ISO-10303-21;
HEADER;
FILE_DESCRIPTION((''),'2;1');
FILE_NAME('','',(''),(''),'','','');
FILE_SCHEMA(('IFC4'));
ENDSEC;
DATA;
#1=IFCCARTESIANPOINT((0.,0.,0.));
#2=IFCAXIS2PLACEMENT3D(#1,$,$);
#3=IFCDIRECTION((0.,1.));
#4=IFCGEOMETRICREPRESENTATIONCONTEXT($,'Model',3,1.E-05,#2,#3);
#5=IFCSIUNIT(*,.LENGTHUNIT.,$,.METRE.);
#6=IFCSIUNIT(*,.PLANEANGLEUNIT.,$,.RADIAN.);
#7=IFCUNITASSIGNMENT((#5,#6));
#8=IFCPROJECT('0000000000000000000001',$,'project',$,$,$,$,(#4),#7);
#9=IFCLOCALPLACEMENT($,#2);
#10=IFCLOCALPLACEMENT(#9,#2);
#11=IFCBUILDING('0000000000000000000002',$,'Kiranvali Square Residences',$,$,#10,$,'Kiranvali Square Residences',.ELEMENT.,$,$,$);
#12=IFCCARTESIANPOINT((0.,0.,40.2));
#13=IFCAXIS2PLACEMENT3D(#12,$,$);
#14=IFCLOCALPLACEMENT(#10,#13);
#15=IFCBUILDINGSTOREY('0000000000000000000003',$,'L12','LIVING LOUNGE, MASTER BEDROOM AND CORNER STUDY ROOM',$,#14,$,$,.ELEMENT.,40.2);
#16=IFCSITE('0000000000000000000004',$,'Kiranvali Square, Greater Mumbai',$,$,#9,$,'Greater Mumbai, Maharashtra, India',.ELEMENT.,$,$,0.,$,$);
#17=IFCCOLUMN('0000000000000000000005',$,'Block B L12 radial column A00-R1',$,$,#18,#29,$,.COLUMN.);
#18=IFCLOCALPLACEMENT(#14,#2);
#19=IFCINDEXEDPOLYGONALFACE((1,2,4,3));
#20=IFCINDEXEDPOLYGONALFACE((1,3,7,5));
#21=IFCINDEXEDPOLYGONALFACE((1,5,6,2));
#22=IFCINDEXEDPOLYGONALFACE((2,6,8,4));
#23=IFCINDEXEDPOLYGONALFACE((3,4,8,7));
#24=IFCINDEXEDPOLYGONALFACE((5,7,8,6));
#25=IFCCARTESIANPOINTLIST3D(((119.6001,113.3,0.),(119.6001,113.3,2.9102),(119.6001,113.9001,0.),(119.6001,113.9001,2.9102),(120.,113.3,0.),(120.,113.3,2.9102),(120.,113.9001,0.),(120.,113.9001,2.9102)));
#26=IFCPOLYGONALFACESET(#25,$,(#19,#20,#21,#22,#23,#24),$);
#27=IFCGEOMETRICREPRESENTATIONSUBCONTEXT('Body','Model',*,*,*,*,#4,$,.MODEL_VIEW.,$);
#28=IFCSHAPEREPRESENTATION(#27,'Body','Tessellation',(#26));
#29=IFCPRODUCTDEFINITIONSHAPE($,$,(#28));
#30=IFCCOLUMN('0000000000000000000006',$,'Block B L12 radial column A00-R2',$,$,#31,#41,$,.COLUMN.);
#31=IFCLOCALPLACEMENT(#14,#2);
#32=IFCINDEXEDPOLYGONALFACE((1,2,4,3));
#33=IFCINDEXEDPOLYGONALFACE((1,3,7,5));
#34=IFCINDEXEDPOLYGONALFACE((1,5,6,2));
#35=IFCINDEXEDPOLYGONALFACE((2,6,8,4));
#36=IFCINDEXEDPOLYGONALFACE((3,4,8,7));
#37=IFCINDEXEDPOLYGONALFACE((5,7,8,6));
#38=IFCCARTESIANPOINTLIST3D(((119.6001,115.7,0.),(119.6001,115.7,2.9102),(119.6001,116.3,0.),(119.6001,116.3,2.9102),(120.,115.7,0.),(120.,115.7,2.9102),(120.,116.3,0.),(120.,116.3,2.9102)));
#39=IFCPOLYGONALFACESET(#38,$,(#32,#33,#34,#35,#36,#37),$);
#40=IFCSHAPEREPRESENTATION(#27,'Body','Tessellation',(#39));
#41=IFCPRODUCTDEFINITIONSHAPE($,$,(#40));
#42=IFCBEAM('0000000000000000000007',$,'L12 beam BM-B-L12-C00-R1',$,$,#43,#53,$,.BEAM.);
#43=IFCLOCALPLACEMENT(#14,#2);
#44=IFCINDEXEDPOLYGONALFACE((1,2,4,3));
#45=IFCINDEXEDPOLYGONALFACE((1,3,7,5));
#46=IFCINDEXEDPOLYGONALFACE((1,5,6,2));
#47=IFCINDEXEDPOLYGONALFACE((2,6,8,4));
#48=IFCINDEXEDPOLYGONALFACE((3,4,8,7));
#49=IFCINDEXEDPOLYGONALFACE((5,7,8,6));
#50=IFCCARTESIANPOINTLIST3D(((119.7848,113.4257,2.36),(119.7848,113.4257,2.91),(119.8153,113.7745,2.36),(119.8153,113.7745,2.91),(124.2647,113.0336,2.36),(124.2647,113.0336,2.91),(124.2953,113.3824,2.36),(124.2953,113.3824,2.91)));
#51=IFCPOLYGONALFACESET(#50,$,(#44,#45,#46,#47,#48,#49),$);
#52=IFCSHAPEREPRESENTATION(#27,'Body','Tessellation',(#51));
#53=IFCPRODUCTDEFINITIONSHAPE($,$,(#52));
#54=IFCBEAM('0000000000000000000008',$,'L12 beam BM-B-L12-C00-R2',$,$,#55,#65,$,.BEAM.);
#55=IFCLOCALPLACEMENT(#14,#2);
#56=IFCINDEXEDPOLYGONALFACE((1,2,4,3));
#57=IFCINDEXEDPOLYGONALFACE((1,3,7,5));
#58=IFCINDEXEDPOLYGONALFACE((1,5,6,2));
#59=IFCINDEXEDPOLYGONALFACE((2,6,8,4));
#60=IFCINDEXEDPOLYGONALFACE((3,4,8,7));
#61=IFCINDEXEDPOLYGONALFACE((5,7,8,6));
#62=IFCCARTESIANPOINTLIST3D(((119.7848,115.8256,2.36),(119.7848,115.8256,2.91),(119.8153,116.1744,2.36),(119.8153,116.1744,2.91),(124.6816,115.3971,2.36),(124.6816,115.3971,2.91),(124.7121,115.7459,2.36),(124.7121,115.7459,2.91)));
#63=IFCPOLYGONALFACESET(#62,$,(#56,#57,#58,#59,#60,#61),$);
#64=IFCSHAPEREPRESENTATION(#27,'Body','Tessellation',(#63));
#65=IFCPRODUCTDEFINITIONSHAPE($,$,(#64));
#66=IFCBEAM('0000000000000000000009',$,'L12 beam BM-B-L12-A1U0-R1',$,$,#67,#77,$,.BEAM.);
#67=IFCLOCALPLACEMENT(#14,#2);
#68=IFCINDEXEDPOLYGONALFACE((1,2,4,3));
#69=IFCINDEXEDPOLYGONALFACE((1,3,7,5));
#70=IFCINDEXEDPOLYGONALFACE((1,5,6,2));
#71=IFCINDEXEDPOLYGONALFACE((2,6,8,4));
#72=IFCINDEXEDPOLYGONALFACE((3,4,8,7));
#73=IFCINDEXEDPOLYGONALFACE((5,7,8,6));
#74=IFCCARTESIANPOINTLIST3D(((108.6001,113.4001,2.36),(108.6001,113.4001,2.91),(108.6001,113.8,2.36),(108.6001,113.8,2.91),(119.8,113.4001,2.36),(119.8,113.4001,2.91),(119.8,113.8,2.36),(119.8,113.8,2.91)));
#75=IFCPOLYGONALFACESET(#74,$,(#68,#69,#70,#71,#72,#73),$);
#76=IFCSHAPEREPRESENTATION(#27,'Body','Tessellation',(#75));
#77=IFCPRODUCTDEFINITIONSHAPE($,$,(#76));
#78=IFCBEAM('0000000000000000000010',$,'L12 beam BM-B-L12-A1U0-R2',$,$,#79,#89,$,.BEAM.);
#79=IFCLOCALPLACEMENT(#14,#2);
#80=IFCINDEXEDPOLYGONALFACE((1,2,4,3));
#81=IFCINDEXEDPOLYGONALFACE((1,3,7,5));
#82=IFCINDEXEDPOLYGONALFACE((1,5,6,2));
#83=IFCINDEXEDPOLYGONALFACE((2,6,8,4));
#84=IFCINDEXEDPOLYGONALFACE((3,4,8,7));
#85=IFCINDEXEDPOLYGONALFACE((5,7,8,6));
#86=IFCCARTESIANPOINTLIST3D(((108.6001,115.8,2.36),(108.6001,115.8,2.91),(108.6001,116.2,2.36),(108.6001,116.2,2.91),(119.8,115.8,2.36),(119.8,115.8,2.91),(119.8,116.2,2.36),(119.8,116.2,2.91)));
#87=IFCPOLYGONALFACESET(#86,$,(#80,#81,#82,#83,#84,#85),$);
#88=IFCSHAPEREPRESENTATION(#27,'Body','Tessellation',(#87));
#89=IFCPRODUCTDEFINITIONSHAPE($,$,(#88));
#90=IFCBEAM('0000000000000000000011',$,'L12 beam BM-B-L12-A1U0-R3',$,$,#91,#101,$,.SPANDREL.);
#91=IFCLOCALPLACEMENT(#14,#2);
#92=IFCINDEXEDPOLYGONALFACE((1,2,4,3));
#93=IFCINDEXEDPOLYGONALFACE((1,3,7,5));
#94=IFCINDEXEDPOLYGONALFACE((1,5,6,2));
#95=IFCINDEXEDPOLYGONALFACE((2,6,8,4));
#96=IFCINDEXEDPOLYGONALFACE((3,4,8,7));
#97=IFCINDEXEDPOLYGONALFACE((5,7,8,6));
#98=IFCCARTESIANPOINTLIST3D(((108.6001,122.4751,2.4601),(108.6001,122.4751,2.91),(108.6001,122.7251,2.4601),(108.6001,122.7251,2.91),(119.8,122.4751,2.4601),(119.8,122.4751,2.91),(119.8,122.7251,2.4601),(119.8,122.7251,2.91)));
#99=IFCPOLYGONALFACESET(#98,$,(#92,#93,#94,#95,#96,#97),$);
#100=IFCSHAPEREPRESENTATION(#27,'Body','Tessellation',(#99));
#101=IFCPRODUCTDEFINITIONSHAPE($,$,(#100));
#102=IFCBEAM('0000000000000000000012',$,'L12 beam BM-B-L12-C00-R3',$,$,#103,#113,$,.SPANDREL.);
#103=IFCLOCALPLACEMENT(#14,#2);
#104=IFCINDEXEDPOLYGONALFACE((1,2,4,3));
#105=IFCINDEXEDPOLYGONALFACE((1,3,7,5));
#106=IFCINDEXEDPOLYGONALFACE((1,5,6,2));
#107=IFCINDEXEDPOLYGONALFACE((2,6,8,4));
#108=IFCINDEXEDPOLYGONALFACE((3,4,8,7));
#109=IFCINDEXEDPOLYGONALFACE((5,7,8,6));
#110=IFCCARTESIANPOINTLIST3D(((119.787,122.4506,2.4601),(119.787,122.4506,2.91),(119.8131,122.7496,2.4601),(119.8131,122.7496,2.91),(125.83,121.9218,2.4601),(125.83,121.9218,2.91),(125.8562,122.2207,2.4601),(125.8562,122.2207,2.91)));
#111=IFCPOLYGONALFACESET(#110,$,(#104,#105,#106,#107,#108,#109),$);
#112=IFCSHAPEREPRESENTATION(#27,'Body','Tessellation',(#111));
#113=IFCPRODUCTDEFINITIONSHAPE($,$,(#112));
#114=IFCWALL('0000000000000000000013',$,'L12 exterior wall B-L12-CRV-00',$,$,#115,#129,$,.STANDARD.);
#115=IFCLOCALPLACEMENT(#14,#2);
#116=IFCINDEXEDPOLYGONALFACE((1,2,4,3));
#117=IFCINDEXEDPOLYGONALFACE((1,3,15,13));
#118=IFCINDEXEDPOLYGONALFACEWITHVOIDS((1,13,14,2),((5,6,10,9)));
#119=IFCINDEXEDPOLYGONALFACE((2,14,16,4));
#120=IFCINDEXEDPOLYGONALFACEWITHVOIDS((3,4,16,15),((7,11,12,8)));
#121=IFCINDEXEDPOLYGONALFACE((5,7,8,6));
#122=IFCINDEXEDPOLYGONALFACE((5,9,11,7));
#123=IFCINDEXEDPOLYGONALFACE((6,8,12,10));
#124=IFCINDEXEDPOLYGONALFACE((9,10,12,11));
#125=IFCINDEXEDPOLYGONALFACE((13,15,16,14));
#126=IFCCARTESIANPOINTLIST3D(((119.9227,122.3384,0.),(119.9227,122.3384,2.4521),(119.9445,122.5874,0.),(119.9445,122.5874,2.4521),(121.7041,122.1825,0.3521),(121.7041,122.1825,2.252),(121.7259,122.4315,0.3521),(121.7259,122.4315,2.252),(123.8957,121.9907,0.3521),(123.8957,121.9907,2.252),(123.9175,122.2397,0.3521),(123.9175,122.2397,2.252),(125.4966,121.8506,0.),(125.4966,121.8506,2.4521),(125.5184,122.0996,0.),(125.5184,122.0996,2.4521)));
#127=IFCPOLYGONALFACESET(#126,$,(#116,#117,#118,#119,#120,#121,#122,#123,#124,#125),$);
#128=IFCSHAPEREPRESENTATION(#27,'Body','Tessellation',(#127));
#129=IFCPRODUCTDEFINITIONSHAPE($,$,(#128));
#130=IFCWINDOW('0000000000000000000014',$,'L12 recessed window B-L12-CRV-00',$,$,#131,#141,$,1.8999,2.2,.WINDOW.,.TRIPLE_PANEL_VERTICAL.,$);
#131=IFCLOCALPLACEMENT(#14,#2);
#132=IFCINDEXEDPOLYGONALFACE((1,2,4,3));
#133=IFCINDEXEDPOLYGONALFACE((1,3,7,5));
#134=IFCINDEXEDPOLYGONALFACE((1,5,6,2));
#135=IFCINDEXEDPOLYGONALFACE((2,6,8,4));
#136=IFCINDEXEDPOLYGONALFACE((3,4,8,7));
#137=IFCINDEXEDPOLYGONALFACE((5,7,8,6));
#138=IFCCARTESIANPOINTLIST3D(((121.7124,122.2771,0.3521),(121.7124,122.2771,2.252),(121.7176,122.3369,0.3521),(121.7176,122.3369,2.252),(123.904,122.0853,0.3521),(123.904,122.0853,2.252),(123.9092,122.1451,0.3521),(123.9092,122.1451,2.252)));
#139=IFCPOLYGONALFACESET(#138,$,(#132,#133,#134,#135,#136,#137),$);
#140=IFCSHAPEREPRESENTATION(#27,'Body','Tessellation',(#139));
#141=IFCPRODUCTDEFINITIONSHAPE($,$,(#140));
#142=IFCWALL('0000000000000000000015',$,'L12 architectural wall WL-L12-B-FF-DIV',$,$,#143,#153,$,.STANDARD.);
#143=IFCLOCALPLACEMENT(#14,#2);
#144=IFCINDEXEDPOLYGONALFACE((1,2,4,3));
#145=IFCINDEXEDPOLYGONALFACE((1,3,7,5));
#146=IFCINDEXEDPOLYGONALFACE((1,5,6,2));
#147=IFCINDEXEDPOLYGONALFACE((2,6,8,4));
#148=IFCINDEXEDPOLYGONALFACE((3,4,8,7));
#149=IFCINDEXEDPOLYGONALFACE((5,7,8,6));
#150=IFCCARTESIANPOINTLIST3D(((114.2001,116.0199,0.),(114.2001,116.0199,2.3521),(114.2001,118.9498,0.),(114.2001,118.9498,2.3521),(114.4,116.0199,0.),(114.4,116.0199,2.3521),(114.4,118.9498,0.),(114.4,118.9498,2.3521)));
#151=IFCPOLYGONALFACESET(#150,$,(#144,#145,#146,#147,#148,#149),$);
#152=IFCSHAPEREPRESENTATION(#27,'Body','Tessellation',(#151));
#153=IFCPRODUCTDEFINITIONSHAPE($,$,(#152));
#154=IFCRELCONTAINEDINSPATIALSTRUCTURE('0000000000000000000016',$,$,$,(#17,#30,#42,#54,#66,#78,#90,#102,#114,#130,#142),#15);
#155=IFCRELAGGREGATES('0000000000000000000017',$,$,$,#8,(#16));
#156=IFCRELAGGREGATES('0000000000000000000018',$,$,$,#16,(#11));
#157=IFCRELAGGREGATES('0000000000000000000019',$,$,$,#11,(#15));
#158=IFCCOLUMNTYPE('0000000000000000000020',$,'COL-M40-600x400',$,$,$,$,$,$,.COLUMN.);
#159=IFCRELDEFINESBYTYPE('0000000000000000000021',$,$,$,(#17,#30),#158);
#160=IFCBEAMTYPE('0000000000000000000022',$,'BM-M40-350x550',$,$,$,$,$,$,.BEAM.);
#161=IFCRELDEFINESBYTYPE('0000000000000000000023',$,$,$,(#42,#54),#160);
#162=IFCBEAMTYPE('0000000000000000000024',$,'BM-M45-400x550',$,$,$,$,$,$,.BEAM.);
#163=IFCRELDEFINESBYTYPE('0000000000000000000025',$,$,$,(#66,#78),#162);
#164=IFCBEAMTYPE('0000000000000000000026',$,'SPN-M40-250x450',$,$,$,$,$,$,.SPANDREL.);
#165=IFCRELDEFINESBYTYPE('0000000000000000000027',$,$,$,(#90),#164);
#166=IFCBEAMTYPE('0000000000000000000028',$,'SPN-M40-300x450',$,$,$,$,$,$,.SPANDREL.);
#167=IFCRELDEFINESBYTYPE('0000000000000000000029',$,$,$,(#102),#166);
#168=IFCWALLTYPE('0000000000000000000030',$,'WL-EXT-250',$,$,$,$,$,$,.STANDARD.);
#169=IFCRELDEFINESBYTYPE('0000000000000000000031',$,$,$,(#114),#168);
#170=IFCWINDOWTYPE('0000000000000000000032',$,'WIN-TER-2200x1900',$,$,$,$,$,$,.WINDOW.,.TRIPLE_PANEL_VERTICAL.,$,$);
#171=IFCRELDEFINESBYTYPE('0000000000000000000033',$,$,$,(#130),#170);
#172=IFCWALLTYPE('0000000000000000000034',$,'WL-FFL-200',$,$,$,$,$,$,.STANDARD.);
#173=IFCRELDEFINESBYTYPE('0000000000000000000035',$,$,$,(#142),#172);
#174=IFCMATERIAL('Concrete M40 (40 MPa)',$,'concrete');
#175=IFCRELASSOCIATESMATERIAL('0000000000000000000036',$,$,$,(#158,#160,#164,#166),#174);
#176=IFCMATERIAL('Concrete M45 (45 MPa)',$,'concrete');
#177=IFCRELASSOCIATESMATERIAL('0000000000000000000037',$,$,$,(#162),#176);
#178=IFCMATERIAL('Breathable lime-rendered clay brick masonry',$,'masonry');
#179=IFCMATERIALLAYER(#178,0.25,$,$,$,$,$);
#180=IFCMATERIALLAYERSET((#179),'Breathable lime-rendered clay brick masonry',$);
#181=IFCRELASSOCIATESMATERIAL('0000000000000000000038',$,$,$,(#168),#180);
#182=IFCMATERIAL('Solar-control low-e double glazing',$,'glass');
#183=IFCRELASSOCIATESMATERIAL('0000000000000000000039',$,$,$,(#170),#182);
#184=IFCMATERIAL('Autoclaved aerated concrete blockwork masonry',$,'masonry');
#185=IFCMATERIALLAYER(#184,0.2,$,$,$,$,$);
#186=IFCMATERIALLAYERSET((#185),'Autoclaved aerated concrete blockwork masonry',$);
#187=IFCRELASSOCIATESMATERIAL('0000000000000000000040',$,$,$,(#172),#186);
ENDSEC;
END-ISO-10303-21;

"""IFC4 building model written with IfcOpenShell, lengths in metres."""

from ifc_helpers import new_model, si_unit, direction, frame, frame_2d, origin, origin_2d, place, context, subcontext, project, spatial, rectangle, extrude, material, layer, layer_set, material_profile, profile_set, type_object, element, fill, save


model = new_model("IFC4")

# Units and contexts
model_context = context("Model", 3, precision=1e-05, world=origin(), true_north=direction((0.0, 1.0)))
body_context = subcontext(model_context, "Body", "Model", "MODEL_VIEW")
ifc_project = project(units=[si_unit("LENGTHUNIT", "METRE"), si_unit("PLANEANGLEUNIT", "RADIAN")], contexts=[model_context])

# Site, building, storey
site_placement = place(None, origin())
site = spatial("IfcSite", under=ifc_project, at=site_placement, Name="Kiranvali Square, Greater Mumbai", LongName="Greater Mumbai, Maharashtra, India", CompositionType="ELEMENT", RefElevation=0.0)
building_placement = place(site_placement, origin())
building = spatial("IfcBuilding", under=site, at=building_placement, Name="Kiranvali Square Residences", LongName="Kiranvali Square Residences", CompositionType="ELEMENT")
storey_placement = place(building_placement, frame((0.0, 0.0, 40.2)))
storey = spatial("IfcBuildingStorey", under=building, at=storey_placement, Name="L12", Description="LIVING LOUNGE, MASTER BEDROOM AND CORNER STUDY ROOM", CompositionType="ELEMENT", Elevation=40.2)

# Columns
ifc_material_1 = material(Name="Concrete M40 (40 MPa)", Category="concrete")
ifc_material_profile_1 = material_profile(ifc_material_1, rectangle(XDim=0.3999, YDim=0.6001, at=origin_2d()), Name="RC 600x400")
ifc_profile_set_1 = profile_set([ifc_material_profile_1], Name="Concrete M40 (40 MPa)")
column_type = type_object("IfcColumnType", Name="COL-M40-600x400", PredefinedType="COLUMN", material=ifc_profile_set_1)
for number, where, z_axis, x_axis, name in (
    (1, (119.8, 113.6001, 0.0), (0.0, 0.0, 1.0), (1.0, 0.0, 0.0), "Block B L12 radial column A00-R1"),
    (2, (119.8, 116.0, 0.0), (0.0, 0.0, 1.0), (1.0, 0.0, 0.0), "Block B L12 radial column A00-R2"),
):
    element("IfcColumn", number, at=place(storey_placement, frame(where, z_axis=z_axis, x_axis=x_axis)), inside=storey, type_object=column_type, Name=name, PredefinedType="COLUMN", context=body_context, shape_type="SweptSolid", body=[
        extrude(rectangle(XDim=0.3999, YDim=0.6001, at=origin_2d()), origin(), (0.0, 0.0, 1.0), 2.9102),
    ])

# Beams
ifc_material_profile_2 = material_profile(ifc_material_1, rectangle(XDim=0.3501, YDim=0.55, at=origin_2d()), Name="RC 350x550")
ifc_profile_set_2 = profile_set([ifc_material_profile_2], Name="Concrete M40 (40 MPa)")
beam_type_1 = type_object("IfcBeamType", Name="BM-M40-350x550", PredefinedType="BEAM", material=ifc_profile_set_2)
beam_1_placement = place(storey_placement, frame((119.8, 113.6001, 2.635), z_axis=(0.996192, -0.087187, 0.0), x_axis=(0.087187, 0.996192, 0.0)))
element("IfcBeam", 3, at=beam_1_placement, inside=storey, type_object=beam_type_1, Name="L12 beam BM-B-L12-C00-R1", PredefinedType="BEAM", context=body_context, shape_type="SweptSolid", body=[
    extrude(rectangle(XDim=0.3501, YDim=0.55, at=origin_2d()), origin(), (0.0, 0.0, 1.0), 4.4971),
])
beam_2_placement = place(storey_placement, frame((119.8, 116.0, 2.635), z_axis=(0.996194, -0.087168, 0.0), x_axis=(0.087168, 0.996194, 0.0)))
element("IfcBeam", 4, at=beam_2_placement, inside=storey, type_object=beam_type_1, Name="L12 beam BM-B-L12-C00-R2", PredefinedType="BEAM", context=body_context, shape_type="SweptSolid", body=[
    extrude(rectangle(XDim=0.3501, YDim=0.55, at=origin_2d()), origin(), (0.0, 0.0, 1.0), 4.9155),
])
ifc_material_2 = material(Name="Concrete M45 (45 MPa)", Category="concrete")
ifc_material_profile_3 = material_profile(ifc_material_2, rectangle(XDim=0.3999, YDim=0.55, at=origin_2d()), Name="RC 400x550")
ifc_profile_set_3 = profile_set([ifc_material_profile_3], Name="Concrete M45 (45 MPa)")
beam_type_2 = type_object("IfcBeamType", Name="BM-M45-400x550", PredefinedType="BEAM", material=ifc_profile_set_3)
for number, where, z_axis, x_axis, name in (
    (5, (119.8, 113.6001, 2.635), (-1.0, 0.0, 0.0), (0.0, -1.0, 0.0), "L12 beam BM-B-L12-A1U0-R1"),
    (6, (119.8, 116.0, 2.635), (-1.0, 0.0, 0.0), (0.0, -1.0, 0.0), "L12 beam BM-B-L12-A1U0-R2"),
):
    element("IfcBeam", number, at=place(storey_placement, frame(where, z_axis=z_axis, x_axis=x_axis)), inside=storey, type_object=beam_type_2, Name=name, PredefinedType="BEAM", context=body_context, shape_type="SweptSolid", body=[
        extrude(rectangle(XDim=0.3999, YDim=0.55, at=origin_2d()), origin(), (0.0, 0.0, 1.0), 11.2),
    ])
ifc_material_profile_4 = material_profile(ifc_material_1, rectangle(XDim=0.25, YDim=0.45, at=origin_2d()), Name="RC 250x450")
ifc_profile_set_4 = profile_set([ifc_material_profile_4], Name="Concrete M40 (40 MPa)")
beam_type_3 = type_object("IfcBeamType", Name="SPN-M40-250x450", PredefinedType="SPANDREL", material=ifc_profile_set_4)
beam_3_placement = place(storey_placement, frame((119.8, 122.6001, 2.6851), z_axis=(-1.0, 0.0, 0.0), x_axis=(0.0, -1.0, 0.0)))
element("IfcBeam", 7, at=beam_3_placement, inside=storey, type_object=beam_type_3, Name="L12 beam BM-B-L12-A1U0-R3", PredefinedType="SPANDREL", context=body_context, shape_type="SweptSolid", body=[
    extrude(rectangle(XDim=0.25, YDim=0.45, at=origin_2d()), origin(), (0.0, 0.0, 1.0), 11.2),
])
ifc_material_profile_5 = material_profile(ifc_material_1, rectangle(XDim=0.3, YDim=0.45, at=origin_2d()), Name="RC 300x450")
ifc_profile_set_5 = profile_set([ifc_material_profile_5], Name="Concrete M40 (40 MPa)")
beam_type_4 = type_object("IfcBeamType", Name="SPN-M40-300x450", PredefinedType="SPANDREL", material=ifc_profile_set_5)
beam_4_placement = place(storey_placement, frame((119.8, 122.6001, 2.6851), z_axis=(0.996193, -0.087175, 0.0), x_axis=(0.087175, 0.996193, 0.0)))
element("IfcBeam", 8, at=beam_4_placement, inside=storey, type_object=beam_type_4, Name="L12 beam BM-B-L12-C00-R3", PredefinedType="SPANDREL", context=body_context, shape_type="SweptSolid", body=[
    extrude(rectangle(XDim=0.3, YDim=0.45, at=origin_2d()), origin(), (0.0, 0.0, 1.0), 6.0662),
])

# Shared definitions
ifc_material_3 = material(Name="Autoclaved aerated concrete blockwork masonry", Category="masonry")

# Wall, opening, window
ifc_material_4 = material(Name="Breathable lime-rendered clay brick masonry", Category="masonry")
ifc_layer_1 = layer(ifc_material_4, 0.25)
ifc_layer_set_1 = layer_set([ifc_layer_1], Name="Breathable lime-rendered clay brick masonry")
wall_type_1 = type_object("IfcWallType", Name="WL-EXT-250", PredefinedType="STANDARD", material=ifc_layer_set_1)
wall_1_placement = place(storey_placement, frame((119.9336, 122.4629, 0.0), z_axis=(0.0, 0.0, 1.0), x_axis=(0.996193, -0.087179, 0.0)))
wall_1 = element("IfcWall", 9, at=wall_1_placement, inside=storey, type_object=wall_type_1, Name="L12 exterior wall B-L12-CRV-00", PredefinedType="STANDARD", context=body_context, shape_type="SweptSolid", body=[
    extrude(rectangle(XDim=5.5952, YDim=0.25, at=frame_2d((2.7976, 0.0))), origin(), (0.0, 0.0, 1.0), 2.4521),
])
opening_1_placement = place(wall_1_placement, frame((1.7881, 0.0, 0.3521)))
opening_1 = element("IfcOpeningElement", 10, at=opening_1_placement, cuts=wall_1, PredefinedType="OPENING", context=body_context, shape_type="SweptSolid", body=[
    extrude(rectangle(XDim=2.2, YDim=1.8999, at=frame_2d((1.1001, 0.95))), frame((0.0, 0.135, 0.0), z_axis=(0.0, -1.0, 0.0), x_axis=(1.0, 0.0, 0.0)), (0.0, 0.0, 1.0), 0.27),
])
ifc_material_5 = material(Name="Solar-control low-e double glazing", Category="glass")
window_type = type_object("IfcWindowType", Name="WIN-TER-2200x1900", PartitioningType="TRIPLE_PANEL_VERTICAL", PredefinedType="WINDOW", material=ifc_material_5)
window_placement = place(opening_1_placement, origin())
window = element("IfcWindow", 11, at=window_placement, inside=storey, type_object=window_type, Name="L12 recessed window B-L12-CRV-00", OverallHeight=1.8999, OverallWidth=2.2, PartitioningType="TRIPLE_PANEL_VERTICAL", PredefinedType="WINDOW", context=body_context, shape_type="SweptSolid", body=[
    extrude(rectangle(XDim=2.2, YDim=1.8999, at=frame_2d((1.1001, 0.95))), frame((0.0, 0.03, 0.0), z_axis=(0.0, -1.0, 0.0), x_axis=(1.0, 0.0, 0.0)), (0.0, 0.0, 1.0), 0.0601),
])
fill(opening_1, window)

# Shared definitions
ifc_layer_2 = layer(ifc_material_3, 0.2)
ifc_layer_set_2 = layer_set([ifc_layer_2], Name="Autoclaved aerated concrete blockwork masonry")
wall_type_2 = type_object("IfcWallType", Name="WL-FFL-200", PredefinedType="STANDARD", material=ifc_layer_set_2)

# Wall
wall_2_placement = place(storey_placement, frame((114.3, 116.02, 0.0), z_axis=(0.0, 0.0, 1.0), x_axis=(0.0, 1.0, 0.0)))
element("IfcWall", 12, at=wall_2_placement, inside=storey, type_object=wall_type_2, Name="L12 architectural wall WL-L12-B-FF-DIV", PredefinedType="STANDARD", context=body_context, shape_type="SweptSolid", body=[
    extrude(rectangle(XDim=2.9299, YDim=0.2, at=frame_2d((1.4648, 0.0))), origin(), (0.0, 0.0, 1.0), 2.3521),
])

save(model, "model.ifc")
